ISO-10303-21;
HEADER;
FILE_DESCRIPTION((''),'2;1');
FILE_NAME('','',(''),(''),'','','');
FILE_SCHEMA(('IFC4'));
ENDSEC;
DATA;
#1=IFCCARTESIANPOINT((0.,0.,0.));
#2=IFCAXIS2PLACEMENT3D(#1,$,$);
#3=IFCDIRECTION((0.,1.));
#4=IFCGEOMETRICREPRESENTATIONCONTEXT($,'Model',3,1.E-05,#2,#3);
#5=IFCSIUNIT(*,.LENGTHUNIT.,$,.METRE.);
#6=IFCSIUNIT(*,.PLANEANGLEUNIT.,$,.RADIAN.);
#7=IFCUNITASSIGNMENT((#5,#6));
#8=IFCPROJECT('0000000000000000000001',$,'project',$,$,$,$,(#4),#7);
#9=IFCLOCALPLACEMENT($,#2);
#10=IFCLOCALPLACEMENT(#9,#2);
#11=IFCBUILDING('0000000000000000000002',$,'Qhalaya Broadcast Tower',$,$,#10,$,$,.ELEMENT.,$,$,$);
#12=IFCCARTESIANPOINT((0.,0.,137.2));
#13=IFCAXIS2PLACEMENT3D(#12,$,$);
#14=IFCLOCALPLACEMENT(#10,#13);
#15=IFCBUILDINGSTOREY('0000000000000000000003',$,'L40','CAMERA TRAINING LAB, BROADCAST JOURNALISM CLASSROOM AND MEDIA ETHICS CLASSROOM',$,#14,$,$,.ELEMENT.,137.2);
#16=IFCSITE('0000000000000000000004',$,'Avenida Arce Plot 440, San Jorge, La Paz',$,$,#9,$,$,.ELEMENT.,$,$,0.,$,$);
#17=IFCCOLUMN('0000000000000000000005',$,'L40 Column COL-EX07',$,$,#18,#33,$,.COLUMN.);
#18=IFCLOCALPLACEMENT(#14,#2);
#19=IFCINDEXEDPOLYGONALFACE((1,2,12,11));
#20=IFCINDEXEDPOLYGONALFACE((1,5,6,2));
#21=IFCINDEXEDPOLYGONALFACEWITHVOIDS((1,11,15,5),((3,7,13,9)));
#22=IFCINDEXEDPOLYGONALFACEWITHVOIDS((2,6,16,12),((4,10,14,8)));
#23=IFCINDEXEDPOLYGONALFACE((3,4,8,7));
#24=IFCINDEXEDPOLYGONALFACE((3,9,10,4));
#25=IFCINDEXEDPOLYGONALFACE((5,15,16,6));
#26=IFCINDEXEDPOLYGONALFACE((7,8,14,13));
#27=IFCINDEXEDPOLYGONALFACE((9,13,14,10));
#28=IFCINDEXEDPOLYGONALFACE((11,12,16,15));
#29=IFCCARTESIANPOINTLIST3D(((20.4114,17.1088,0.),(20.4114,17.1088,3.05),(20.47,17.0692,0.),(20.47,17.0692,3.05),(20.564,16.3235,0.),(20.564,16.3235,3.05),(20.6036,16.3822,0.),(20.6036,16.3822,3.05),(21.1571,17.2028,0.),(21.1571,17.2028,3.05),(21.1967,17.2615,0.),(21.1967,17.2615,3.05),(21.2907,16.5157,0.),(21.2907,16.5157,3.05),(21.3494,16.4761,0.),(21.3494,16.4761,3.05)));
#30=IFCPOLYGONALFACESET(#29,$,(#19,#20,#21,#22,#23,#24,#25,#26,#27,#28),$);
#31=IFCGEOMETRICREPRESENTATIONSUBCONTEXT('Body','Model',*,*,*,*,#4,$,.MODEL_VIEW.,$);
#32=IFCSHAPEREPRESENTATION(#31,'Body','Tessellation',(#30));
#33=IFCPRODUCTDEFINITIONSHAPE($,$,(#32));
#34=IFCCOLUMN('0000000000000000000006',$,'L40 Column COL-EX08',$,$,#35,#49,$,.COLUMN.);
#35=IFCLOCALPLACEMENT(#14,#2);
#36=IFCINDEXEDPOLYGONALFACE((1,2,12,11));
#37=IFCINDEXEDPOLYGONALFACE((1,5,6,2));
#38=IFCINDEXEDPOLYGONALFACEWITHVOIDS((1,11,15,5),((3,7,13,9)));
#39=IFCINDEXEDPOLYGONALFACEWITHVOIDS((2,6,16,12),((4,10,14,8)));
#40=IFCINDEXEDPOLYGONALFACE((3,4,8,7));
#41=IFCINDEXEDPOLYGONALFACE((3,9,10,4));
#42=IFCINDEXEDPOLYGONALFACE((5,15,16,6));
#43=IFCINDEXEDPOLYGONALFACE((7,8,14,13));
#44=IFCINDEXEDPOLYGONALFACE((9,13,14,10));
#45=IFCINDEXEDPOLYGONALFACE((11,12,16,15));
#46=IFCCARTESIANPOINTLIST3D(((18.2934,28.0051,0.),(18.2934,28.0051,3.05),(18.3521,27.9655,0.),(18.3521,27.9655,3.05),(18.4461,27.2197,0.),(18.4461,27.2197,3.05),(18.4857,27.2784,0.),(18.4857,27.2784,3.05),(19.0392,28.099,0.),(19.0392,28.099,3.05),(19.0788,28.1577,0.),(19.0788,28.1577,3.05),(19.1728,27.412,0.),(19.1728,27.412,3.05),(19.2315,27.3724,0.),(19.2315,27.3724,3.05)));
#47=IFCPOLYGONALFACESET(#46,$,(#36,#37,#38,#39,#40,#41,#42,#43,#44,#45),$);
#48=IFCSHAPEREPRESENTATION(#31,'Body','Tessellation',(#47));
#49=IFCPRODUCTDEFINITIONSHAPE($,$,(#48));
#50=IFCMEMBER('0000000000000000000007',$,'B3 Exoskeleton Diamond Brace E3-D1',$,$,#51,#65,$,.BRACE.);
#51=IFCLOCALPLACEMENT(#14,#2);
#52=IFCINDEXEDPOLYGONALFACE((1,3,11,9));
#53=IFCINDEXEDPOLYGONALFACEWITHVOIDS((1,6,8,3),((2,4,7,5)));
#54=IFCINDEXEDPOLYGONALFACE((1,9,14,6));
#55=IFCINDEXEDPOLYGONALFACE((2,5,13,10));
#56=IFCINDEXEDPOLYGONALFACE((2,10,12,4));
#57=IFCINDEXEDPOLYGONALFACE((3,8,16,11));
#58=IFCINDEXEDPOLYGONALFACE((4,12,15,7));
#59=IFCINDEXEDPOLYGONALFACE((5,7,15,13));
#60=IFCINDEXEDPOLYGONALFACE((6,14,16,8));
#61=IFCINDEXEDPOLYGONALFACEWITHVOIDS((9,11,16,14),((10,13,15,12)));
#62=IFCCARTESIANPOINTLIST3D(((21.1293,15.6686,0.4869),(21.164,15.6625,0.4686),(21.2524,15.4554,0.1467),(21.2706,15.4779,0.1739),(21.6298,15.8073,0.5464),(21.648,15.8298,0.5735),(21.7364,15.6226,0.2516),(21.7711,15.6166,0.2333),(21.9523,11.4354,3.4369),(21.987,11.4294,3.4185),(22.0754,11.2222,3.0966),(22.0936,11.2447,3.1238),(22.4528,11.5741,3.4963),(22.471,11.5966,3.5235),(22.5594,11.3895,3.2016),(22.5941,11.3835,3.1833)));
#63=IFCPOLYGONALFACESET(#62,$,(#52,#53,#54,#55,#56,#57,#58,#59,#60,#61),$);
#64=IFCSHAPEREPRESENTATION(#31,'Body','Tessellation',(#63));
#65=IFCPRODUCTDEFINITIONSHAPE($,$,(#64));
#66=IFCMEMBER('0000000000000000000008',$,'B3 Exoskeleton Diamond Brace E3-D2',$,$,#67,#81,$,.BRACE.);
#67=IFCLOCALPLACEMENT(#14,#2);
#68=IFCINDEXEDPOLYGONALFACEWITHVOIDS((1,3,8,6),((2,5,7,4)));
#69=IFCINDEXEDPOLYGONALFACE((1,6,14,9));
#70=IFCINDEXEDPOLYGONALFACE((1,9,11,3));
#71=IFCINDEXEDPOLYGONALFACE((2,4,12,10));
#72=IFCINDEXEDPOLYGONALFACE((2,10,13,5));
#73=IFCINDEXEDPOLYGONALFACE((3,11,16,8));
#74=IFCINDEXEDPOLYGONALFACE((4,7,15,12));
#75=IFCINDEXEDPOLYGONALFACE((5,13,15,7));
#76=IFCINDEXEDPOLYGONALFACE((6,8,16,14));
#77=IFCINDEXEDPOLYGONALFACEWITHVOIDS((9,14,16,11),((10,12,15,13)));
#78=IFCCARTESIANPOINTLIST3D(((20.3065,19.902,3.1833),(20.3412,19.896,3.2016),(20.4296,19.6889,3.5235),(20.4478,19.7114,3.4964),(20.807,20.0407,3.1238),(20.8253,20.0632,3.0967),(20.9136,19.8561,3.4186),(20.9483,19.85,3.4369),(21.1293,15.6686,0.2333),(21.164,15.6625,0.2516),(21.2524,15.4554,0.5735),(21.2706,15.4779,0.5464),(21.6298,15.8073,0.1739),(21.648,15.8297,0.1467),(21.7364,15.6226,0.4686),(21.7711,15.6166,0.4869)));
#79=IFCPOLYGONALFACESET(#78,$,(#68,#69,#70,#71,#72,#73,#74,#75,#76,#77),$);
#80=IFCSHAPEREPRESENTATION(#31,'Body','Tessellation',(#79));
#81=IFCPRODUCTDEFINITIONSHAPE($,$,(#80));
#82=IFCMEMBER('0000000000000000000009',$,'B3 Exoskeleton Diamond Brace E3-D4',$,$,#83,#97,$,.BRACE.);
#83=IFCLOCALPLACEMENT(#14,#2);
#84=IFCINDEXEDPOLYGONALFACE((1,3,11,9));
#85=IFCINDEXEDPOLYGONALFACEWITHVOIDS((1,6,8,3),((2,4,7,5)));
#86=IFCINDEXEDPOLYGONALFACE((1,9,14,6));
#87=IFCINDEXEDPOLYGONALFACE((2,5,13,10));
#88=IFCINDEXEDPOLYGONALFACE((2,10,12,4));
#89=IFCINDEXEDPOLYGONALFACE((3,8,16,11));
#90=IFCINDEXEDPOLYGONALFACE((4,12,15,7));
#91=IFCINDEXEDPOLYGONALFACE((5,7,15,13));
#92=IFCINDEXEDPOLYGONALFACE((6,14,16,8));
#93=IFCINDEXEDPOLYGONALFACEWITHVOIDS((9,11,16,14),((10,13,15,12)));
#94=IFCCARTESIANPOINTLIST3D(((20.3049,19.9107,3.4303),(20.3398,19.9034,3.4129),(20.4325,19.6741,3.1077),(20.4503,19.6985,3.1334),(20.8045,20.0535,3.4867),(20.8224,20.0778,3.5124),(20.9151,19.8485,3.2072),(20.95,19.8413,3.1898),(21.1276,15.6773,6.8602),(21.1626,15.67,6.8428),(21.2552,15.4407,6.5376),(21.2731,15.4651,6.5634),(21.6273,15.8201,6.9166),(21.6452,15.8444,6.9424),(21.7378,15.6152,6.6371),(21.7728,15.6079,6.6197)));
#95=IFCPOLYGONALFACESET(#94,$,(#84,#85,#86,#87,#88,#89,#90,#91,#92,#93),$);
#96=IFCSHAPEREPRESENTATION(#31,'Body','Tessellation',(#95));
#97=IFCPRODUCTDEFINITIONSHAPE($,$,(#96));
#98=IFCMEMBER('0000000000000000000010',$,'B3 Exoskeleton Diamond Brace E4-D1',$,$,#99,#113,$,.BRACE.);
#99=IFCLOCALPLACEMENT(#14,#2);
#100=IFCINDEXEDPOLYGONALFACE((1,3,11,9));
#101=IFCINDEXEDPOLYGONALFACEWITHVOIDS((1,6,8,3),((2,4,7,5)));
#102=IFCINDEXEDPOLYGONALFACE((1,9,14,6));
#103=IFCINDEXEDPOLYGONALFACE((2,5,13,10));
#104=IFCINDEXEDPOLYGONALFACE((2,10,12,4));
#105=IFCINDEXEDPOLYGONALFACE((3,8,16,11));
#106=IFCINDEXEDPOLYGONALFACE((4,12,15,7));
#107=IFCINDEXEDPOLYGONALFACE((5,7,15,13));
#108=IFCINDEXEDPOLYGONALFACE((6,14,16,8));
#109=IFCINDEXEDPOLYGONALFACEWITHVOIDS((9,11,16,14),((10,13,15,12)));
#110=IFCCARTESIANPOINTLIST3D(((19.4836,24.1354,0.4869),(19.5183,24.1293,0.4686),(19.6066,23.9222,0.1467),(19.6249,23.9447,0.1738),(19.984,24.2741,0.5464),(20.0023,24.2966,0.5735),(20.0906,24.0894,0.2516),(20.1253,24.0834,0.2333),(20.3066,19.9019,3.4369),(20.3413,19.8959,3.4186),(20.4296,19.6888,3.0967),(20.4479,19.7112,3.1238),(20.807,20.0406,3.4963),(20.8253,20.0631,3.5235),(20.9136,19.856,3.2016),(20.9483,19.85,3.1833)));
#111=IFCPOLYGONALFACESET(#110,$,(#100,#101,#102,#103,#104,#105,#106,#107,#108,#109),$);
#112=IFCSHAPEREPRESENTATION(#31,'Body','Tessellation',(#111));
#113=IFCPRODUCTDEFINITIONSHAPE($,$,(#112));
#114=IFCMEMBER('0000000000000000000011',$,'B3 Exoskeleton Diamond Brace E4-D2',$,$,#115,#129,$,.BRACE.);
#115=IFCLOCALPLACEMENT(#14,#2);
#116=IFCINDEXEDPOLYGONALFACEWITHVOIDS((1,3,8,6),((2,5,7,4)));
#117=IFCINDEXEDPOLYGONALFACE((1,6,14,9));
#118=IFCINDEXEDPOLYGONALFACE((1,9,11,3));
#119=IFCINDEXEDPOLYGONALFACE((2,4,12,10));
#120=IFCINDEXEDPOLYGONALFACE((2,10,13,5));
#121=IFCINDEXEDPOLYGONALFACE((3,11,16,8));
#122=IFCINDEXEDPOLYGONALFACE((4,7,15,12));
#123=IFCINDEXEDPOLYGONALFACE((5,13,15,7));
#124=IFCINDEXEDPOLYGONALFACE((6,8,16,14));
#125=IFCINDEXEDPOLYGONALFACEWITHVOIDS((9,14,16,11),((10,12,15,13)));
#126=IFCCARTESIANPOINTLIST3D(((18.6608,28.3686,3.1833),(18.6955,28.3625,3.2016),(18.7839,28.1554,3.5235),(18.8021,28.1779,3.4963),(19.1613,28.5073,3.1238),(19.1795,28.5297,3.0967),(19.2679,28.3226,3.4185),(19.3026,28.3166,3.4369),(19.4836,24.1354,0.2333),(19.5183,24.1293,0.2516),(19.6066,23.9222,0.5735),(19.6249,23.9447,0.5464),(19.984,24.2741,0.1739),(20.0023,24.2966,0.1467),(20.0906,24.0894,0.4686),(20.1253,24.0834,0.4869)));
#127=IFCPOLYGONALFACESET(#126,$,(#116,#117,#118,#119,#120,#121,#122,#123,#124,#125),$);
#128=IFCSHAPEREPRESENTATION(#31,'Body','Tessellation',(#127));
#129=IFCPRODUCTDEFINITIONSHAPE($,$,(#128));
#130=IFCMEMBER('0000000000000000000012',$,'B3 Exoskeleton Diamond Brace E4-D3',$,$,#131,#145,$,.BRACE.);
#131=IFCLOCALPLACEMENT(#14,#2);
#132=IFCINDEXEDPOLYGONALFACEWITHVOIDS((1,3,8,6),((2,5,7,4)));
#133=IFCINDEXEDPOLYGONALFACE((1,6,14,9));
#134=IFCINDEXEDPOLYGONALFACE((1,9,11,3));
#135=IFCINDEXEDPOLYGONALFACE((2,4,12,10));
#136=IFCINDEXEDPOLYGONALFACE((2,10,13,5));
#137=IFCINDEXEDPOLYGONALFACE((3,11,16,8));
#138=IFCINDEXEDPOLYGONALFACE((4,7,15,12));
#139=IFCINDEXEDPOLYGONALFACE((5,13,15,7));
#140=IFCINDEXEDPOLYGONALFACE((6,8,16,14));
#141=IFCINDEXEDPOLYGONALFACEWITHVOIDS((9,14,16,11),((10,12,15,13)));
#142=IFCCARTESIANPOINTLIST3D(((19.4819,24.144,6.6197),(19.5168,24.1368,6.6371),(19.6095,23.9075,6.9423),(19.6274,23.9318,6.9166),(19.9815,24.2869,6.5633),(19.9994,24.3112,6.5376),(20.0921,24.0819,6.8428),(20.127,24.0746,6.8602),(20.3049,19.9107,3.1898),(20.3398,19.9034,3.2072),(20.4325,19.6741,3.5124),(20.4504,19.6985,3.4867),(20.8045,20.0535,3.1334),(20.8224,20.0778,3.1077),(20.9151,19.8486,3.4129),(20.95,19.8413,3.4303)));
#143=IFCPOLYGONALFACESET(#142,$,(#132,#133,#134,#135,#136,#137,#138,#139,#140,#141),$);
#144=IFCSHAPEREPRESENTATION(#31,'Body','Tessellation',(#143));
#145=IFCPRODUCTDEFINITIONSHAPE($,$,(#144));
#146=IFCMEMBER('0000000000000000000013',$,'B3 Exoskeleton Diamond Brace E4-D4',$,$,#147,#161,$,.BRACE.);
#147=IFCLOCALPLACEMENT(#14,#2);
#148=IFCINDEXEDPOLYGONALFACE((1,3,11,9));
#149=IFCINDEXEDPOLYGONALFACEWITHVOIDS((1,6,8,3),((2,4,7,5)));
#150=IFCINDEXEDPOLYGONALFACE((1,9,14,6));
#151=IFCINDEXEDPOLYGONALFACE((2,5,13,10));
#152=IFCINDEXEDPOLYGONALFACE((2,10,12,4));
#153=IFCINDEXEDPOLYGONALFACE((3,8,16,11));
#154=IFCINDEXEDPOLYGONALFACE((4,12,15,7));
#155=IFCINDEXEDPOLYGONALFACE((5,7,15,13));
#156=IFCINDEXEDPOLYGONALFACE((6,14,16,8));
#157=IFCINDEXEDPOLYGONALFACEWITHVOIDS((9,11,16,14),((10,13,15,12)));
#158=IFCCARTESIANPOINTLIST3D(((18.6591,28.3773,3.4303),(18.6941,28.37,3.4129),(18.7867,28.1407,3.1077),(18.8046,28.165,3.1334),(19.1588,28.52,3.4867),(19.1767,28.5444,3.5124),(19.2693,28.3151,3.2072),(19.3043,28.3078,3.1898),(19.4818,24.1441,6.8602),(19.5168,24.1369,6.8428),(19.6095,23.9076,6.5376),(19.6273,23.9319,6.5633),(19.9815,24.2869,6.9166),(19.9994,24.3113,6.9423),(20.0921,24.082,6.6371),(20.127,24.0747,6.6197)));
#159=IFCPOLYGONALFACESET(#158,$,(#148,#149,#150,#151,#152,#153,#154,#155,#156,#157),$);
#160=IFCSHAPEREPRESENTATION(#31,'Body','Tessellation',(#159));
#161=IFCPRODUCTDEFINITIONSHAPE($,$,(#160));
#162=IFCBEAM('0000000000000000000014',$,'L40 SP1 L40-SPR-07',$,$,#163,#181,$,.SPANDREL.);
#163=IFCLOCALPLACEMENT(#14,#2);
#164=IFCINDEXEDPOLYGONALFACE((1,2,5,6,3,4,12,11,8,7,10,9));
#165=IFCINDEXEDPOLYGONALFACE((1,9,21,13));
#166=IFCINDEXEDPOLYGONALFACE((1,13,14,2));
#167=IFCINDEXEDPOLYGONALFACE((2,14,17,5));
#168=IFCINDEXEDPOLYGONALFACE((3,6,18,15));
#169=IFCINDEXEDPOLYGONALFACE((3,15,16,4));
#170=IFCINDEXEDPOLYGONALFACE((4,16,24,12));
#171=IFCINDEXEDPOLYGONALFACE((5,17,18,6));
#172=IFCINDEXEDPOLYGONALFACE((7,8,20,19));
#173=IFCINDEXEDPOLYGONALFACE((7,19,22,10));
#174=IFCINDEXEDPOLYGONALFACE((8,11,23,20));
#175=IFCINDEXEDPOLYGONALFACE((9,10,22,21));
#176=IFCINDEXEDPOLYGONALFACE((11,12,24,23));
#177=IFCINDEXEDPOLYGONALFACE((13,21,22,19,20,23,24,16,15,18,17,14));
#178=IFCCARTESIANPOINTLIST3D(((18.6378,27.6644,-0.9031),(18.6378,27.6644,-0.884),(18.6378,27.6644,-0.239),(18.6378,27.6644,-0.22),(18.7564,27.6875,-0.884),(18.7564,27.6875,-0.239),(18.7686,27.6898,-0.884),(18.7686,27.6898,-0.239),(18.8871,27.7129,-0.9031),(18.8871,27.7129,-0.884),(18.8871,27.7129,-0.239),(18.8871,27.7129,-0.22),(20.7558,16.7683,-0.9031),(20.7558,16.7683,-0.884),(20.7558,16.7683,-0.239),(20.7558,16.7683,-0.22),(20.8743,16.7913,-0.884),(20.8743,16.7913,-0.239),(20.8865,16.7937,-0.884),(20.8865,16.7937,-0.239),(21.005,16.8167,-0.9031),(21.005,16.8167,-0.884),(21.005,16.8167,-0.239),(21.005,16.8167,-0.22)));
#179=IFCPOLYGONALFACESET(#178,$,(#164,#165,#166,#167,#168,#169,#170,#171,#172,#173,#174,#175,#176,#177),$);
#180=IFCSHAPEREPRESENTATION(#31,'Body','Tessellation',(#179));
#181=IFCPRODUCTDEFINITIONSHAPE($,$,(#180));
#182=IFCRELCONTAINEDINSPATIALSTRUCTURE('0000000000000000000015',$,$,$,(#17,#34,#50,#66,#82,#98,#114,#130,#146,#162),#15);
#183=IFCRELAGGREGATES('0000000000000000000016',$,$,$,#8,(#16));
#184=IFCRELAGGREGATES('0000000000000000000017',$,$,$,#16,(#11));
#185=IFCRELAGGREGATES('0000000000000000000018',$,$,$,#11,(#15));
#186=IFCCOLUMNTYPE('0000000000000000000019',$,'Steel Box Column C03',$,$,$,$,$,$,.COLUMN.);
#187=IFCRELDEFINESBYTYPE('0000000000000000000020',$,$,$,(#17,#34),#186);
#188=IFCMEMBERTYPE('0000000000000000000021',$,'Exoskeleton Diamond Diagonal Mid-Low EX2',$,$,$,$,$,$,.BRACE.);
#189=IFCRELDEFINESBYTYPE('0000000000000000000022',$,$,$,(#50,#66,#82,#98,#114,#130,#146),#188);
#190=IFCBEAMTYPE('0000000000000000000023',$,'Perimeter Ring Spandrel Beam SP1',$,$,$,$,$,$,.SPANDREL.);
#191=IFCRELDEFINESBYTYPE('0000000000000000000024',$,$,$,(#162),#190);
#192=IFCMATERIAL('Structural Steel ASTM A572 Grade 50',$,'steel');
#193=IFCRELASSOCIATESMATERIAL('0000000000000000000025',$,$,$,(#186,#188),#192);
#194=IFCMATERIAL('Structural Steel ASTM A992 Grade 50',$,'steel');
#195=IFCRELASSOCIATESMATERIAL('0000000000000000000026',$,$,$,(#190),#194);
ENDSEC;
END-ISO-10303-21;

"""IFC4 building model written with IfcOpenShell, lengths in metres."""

from ifc_helpers import new_model, si_unit, direction, frame, origin, origin_2d, place, context, subcontext, project, spatial, hollow_rectangle, i_section, extrude, material, material_profile, profile_set, type_object, element, save


model = new_model("IFC4")

# Units and contexts
model_context = context("Model", 3, precision=1e-05, world=origin(), true_north=direction((0.0, 1.0)))
body_context = subcontext(model_context, "Body", "Model", "MODEL_VIEW")
ifc_project = project(units=[si_unit("LENGTHUNIT", "METRE"), si_unit("PLANEANGLEUNIT", "RADIAN")], contexts=[model_context])

# Site, building, storey
site_placement = place(None, origin())
site = spatial("IfcSite", under=ifc_project, at=site_placement, Name="Avenida Arce Plot 440, San Jorge, La Paz", CompositionType="ELEMENT", RefElevation=0.0)
building_placement = place(site_placement, origin())
building = spatial("IfcBuilding", under=site, at=building_placement, Name="Qhalaya Broadcast Tower", CompositionType="ELEMENT")
storey_placement = place(building_placement, frame((0.0, 0.0, 137.2)))
storey = spatial("IfcBuildingStorey", under=building, at=storey_placement, Name="L40", Description="CAMERA TRAINING LAB, BROADCAST JOURNALISM CLASSROOM AND MEDIA ETHICS CLASSROOM", CompositionType="ELEMENT", Elevation=137.2)

# Columns
ifc_material_1 = material(Name="Structural Steel ASTM A572 Grade 50", Category="steel")
ifc_material_profile_1 = material_profile(ifc_material_1, hollow_rectangle(XDim=0.8, YDim=0.8, WallThickness=0.05, at=origin_2d()), Name="BOX 800x800x50")
ifc_profile_set_1 = profile_set([ifc_material_profile_1], Name="Structural Steel ASTM A572 Grade 50")
column_type = type_object("IfcColumnType", Name="Steel Box Column C03", PredefinedType="COLUMN", material=ifc_profile_set_1)
for number, where, z_axis, x_axis, name in (
    (1, (20.8804, 16.7925, 0.0), (0.0, 0.0, 1.0), (-0.190809, 0.981627, 0.0), "L40 Column COL-EX07"),
    (2, (18.7625, 27.6887, 0.0), (0.0, 0.0, 1.0), (-0.190809, 0.981627, 0.0), "L40 Column COL-EX08"),
):
    element("IfcColumn", number, at=place(storey_placement, frame(where, z_axis=z_axis, x_axis=x_axis)), inside=storey, type_object=column_type, Name=name, PredefinedType="COLUMN", context=body_context, shape_type="SweptSolid", body=[
        extrude(hollow_rectangle(XDim=0.8, YDim=0.8, WallThickness=0.05, at=origin_2d()), origin(), (0.0, 0.0, 1.0), 3.05),
    ])

# Members
ifc_material_profile_2 = material_profile(ifc_material_1, hollow_rectangle(XDim=0.4199, YDim=0.55, WallThickness=0.0281, at=origin_2d()), Name="BOX 420x550x28")
ifc_profile_set_2 = profile_set([ifc_material_profile_2], Name="Structural Steel ASTM A572 Grade 50")
member_type = type_object("IfcMemberType", Name="Exoskeleton Diamond Diagonal Mid-Low EX2", PredefinedType="BRACE", material=ifc_profile_set_2)
member_1_placement = place(storey_placement, frame((21.4502, 15.6426, 0.3601), z_axis=(0.157516, -0.810195, 0.564599), x_axis=(-0.293073, 0.507625, 0.810201)))
element("IfcMember", 3, at=member_1_placement, inside=storey, type_object=member_type, Name="B3 Exoskeleton Diamond Brace E3-D1", PredefinedType="BRACE", context=body_context, shape_type="SweptSolid", body=[
    extrude(hollow_rectangle(XDim=0.4199, YDim=0.55, WallThickness=0.0281, at=origin_2d()), origin(), (0.0, 0.0, 1.0), 5.2249),
])
member_2_placement = place(storey_placement, frame((21.4502, 15.6426, 0.3601), z_axis=(-0.157464, 0.810217, 0.564582), x_axis=(0.293036, -0.507628, 0.810212)))
element("IfcMember", 4, at=member_2_placement, inside=storey, type_object=member_type, Name="B3 Exoskeleton Diamond Brace E3-D2", PredefinedType="BRACE", context=body_context, shape_type="SweptSolid", body=[
    extrude(hollow_rectangle(XDim=0.4199, YDim=0.55, WallThickness=0.0281, at=origin_2d()), origin(), (0.0, 0.0, 1.0), 5.2251),
])
member_3_placement = place(storey_placement, frame((20.6274, 19.876, 3.3101), z_axis=(0.149313, -0.768275, 0.622462), x_axis=(-0.303875, 0.563401, 0.76827)))
element("IfcMember", 5, at=member_3_placement, inside=storey, type_object=member_type, Name="B3 Exoskeleton Diamond Brace E3-D4", PredefinedType="BRACE", context=body_context, shape_type="SweptSolid", body=[
    extrude(hollow_rectangle(XDim=0.4199, YDim=0.55, WallThickness=0.0281, at=origin_2d()), origin(), (0.0, 0.0, 1.0), 5.5103),
])
member_4_placement = place(storey_placement, frame((19.8044, 24.1094, 0.3601), z_axis=(0.15751, -0.810211, 0.564578), x_axis=(-0.293063, 0.507607, 0.810215)))
element("IfcMember", 6, at=member_4_placement, inside=storey, type_object=member_type, Name="B3 Exoskeleton Diamond Brace E4-D1", PredefinedType="BRACE", context=body_context, shape_type="SweptSolid", body=[
    extrude(hollow_rectangle(XDim=0.4199, YDim=0.55, WallThickness=0.0281, at=origin_2d()), origin(), (0.0, 0.0, 1.0), 5.2251),
])
member_5_placement = place(storey_placement, frame((19.8044, 24.1094, 0.3601), z_axis=(-0.15747, 0.810201, 0.564604), x_axis=(0.293045, -0.507645, 0.810198)))
element("IfcMember", 7, at=member_5_placement, inside=storey, type_object=member_type, Name="B3 Exoskeleton Diamond Brace E4-D2", PredefinedType="BRACE", context=body_context, shape_type="SweptSolid", body=[
    extrude(hollow_rectangle(XDim=0.4199, YDim=0.55, WallThickness=0.0281, at=origin_2d()), origin(), (0.0, 0.0, 1.0), 5.2249),
])
member_6_placement = place(storey_placement, frame((20.6274, 19.876, 3.3101), z_axis=(-0.149356, 0.76827, 0.622458), x_axis=(0.303906, -0.56338, 0.768274)))
element("IfcMember", 8, at=member_6_placement, inside=storey, type_object=member_type, Name="B3 Exoskeleton Diamond Brace E4-D3", PredefinedType="BRACE", context=body_context, shape_type="SweptSolid", body=[
    extrude(hollow_rectangle(XDim=0.4199, YDim=0.55, WallThickness=0.0281, at=origin_2d()), origin(), (0.0, 0.0, 1.0), 5.5103),
])
member_7_placement = place(storey_placement, frame((18.9817, 28.3425, 3.3101), z_axis=(0.149318, -0.768257, 0.622483), x_axis=(-0.303885, 0.563418, 0.768254)))
element("IfcMember", 9, at=member_7_placement, inside=storey, type_object=member_type, Name="B3 Exoskeleton Diamond Brace E4-D4", PredefinedType="BRACE", context=body_context, shape_type="SweptSolid", body=[
    extrude(hollow_rectangle(XDim=0.4199, YDim=0.55, WallThickness=0.0281, at=origin_2d()), origin(), (0.0, 0.0, 1.0), 5.51),
])

# Beam
ifc_material_2 = material(Name="Structural Steel ASTM A992 Grade 50", Category="steel")
ifc_material_profile_3 = material_profile(ifc_material_2, i_section(OverallWidth=0.2539, OverallDepth=0.6831, WebThickness=0.0125, FlangeThickness=0.019, at=origin_2d()), Name="W27X94")
ifc_profile_set_3 = profile_set([ifc_material_profile_3], Name="Structural Steel ASTM A992 Grade 50")
beam_type = type_object("IfcBeamType", Name="Perimeter Ring Spandrel Beam SP1", PredefinedType="SPANDREL", material=ifc_profile_set_3)
beam_1_placement = place(storey_placement, frame((20.8804, 16.7925, -0.5615), z_axis=(-0.190801, 0.981629, 0.0), x_axis=(-0.981629, -0.190801, 0.0)))
element("IfcBeam", 10, at=beam_1_placement, inside=storey, type_object=beam_type, Name="L40 SP1 L40-SPR-07", PredefinedType="SPANDREL", context=body_context, shape_type="SweptSolid", body=[
    extrude(i_section(OverallWidth=0.2539, OverallDepth=0.6831, WebThickness=0.0125, FlangeThickness=0.019, at=origin_2d()), origin(), (0.0, 0.0, 1.0), 11.1001),
])

save(model, "model.ifc")
